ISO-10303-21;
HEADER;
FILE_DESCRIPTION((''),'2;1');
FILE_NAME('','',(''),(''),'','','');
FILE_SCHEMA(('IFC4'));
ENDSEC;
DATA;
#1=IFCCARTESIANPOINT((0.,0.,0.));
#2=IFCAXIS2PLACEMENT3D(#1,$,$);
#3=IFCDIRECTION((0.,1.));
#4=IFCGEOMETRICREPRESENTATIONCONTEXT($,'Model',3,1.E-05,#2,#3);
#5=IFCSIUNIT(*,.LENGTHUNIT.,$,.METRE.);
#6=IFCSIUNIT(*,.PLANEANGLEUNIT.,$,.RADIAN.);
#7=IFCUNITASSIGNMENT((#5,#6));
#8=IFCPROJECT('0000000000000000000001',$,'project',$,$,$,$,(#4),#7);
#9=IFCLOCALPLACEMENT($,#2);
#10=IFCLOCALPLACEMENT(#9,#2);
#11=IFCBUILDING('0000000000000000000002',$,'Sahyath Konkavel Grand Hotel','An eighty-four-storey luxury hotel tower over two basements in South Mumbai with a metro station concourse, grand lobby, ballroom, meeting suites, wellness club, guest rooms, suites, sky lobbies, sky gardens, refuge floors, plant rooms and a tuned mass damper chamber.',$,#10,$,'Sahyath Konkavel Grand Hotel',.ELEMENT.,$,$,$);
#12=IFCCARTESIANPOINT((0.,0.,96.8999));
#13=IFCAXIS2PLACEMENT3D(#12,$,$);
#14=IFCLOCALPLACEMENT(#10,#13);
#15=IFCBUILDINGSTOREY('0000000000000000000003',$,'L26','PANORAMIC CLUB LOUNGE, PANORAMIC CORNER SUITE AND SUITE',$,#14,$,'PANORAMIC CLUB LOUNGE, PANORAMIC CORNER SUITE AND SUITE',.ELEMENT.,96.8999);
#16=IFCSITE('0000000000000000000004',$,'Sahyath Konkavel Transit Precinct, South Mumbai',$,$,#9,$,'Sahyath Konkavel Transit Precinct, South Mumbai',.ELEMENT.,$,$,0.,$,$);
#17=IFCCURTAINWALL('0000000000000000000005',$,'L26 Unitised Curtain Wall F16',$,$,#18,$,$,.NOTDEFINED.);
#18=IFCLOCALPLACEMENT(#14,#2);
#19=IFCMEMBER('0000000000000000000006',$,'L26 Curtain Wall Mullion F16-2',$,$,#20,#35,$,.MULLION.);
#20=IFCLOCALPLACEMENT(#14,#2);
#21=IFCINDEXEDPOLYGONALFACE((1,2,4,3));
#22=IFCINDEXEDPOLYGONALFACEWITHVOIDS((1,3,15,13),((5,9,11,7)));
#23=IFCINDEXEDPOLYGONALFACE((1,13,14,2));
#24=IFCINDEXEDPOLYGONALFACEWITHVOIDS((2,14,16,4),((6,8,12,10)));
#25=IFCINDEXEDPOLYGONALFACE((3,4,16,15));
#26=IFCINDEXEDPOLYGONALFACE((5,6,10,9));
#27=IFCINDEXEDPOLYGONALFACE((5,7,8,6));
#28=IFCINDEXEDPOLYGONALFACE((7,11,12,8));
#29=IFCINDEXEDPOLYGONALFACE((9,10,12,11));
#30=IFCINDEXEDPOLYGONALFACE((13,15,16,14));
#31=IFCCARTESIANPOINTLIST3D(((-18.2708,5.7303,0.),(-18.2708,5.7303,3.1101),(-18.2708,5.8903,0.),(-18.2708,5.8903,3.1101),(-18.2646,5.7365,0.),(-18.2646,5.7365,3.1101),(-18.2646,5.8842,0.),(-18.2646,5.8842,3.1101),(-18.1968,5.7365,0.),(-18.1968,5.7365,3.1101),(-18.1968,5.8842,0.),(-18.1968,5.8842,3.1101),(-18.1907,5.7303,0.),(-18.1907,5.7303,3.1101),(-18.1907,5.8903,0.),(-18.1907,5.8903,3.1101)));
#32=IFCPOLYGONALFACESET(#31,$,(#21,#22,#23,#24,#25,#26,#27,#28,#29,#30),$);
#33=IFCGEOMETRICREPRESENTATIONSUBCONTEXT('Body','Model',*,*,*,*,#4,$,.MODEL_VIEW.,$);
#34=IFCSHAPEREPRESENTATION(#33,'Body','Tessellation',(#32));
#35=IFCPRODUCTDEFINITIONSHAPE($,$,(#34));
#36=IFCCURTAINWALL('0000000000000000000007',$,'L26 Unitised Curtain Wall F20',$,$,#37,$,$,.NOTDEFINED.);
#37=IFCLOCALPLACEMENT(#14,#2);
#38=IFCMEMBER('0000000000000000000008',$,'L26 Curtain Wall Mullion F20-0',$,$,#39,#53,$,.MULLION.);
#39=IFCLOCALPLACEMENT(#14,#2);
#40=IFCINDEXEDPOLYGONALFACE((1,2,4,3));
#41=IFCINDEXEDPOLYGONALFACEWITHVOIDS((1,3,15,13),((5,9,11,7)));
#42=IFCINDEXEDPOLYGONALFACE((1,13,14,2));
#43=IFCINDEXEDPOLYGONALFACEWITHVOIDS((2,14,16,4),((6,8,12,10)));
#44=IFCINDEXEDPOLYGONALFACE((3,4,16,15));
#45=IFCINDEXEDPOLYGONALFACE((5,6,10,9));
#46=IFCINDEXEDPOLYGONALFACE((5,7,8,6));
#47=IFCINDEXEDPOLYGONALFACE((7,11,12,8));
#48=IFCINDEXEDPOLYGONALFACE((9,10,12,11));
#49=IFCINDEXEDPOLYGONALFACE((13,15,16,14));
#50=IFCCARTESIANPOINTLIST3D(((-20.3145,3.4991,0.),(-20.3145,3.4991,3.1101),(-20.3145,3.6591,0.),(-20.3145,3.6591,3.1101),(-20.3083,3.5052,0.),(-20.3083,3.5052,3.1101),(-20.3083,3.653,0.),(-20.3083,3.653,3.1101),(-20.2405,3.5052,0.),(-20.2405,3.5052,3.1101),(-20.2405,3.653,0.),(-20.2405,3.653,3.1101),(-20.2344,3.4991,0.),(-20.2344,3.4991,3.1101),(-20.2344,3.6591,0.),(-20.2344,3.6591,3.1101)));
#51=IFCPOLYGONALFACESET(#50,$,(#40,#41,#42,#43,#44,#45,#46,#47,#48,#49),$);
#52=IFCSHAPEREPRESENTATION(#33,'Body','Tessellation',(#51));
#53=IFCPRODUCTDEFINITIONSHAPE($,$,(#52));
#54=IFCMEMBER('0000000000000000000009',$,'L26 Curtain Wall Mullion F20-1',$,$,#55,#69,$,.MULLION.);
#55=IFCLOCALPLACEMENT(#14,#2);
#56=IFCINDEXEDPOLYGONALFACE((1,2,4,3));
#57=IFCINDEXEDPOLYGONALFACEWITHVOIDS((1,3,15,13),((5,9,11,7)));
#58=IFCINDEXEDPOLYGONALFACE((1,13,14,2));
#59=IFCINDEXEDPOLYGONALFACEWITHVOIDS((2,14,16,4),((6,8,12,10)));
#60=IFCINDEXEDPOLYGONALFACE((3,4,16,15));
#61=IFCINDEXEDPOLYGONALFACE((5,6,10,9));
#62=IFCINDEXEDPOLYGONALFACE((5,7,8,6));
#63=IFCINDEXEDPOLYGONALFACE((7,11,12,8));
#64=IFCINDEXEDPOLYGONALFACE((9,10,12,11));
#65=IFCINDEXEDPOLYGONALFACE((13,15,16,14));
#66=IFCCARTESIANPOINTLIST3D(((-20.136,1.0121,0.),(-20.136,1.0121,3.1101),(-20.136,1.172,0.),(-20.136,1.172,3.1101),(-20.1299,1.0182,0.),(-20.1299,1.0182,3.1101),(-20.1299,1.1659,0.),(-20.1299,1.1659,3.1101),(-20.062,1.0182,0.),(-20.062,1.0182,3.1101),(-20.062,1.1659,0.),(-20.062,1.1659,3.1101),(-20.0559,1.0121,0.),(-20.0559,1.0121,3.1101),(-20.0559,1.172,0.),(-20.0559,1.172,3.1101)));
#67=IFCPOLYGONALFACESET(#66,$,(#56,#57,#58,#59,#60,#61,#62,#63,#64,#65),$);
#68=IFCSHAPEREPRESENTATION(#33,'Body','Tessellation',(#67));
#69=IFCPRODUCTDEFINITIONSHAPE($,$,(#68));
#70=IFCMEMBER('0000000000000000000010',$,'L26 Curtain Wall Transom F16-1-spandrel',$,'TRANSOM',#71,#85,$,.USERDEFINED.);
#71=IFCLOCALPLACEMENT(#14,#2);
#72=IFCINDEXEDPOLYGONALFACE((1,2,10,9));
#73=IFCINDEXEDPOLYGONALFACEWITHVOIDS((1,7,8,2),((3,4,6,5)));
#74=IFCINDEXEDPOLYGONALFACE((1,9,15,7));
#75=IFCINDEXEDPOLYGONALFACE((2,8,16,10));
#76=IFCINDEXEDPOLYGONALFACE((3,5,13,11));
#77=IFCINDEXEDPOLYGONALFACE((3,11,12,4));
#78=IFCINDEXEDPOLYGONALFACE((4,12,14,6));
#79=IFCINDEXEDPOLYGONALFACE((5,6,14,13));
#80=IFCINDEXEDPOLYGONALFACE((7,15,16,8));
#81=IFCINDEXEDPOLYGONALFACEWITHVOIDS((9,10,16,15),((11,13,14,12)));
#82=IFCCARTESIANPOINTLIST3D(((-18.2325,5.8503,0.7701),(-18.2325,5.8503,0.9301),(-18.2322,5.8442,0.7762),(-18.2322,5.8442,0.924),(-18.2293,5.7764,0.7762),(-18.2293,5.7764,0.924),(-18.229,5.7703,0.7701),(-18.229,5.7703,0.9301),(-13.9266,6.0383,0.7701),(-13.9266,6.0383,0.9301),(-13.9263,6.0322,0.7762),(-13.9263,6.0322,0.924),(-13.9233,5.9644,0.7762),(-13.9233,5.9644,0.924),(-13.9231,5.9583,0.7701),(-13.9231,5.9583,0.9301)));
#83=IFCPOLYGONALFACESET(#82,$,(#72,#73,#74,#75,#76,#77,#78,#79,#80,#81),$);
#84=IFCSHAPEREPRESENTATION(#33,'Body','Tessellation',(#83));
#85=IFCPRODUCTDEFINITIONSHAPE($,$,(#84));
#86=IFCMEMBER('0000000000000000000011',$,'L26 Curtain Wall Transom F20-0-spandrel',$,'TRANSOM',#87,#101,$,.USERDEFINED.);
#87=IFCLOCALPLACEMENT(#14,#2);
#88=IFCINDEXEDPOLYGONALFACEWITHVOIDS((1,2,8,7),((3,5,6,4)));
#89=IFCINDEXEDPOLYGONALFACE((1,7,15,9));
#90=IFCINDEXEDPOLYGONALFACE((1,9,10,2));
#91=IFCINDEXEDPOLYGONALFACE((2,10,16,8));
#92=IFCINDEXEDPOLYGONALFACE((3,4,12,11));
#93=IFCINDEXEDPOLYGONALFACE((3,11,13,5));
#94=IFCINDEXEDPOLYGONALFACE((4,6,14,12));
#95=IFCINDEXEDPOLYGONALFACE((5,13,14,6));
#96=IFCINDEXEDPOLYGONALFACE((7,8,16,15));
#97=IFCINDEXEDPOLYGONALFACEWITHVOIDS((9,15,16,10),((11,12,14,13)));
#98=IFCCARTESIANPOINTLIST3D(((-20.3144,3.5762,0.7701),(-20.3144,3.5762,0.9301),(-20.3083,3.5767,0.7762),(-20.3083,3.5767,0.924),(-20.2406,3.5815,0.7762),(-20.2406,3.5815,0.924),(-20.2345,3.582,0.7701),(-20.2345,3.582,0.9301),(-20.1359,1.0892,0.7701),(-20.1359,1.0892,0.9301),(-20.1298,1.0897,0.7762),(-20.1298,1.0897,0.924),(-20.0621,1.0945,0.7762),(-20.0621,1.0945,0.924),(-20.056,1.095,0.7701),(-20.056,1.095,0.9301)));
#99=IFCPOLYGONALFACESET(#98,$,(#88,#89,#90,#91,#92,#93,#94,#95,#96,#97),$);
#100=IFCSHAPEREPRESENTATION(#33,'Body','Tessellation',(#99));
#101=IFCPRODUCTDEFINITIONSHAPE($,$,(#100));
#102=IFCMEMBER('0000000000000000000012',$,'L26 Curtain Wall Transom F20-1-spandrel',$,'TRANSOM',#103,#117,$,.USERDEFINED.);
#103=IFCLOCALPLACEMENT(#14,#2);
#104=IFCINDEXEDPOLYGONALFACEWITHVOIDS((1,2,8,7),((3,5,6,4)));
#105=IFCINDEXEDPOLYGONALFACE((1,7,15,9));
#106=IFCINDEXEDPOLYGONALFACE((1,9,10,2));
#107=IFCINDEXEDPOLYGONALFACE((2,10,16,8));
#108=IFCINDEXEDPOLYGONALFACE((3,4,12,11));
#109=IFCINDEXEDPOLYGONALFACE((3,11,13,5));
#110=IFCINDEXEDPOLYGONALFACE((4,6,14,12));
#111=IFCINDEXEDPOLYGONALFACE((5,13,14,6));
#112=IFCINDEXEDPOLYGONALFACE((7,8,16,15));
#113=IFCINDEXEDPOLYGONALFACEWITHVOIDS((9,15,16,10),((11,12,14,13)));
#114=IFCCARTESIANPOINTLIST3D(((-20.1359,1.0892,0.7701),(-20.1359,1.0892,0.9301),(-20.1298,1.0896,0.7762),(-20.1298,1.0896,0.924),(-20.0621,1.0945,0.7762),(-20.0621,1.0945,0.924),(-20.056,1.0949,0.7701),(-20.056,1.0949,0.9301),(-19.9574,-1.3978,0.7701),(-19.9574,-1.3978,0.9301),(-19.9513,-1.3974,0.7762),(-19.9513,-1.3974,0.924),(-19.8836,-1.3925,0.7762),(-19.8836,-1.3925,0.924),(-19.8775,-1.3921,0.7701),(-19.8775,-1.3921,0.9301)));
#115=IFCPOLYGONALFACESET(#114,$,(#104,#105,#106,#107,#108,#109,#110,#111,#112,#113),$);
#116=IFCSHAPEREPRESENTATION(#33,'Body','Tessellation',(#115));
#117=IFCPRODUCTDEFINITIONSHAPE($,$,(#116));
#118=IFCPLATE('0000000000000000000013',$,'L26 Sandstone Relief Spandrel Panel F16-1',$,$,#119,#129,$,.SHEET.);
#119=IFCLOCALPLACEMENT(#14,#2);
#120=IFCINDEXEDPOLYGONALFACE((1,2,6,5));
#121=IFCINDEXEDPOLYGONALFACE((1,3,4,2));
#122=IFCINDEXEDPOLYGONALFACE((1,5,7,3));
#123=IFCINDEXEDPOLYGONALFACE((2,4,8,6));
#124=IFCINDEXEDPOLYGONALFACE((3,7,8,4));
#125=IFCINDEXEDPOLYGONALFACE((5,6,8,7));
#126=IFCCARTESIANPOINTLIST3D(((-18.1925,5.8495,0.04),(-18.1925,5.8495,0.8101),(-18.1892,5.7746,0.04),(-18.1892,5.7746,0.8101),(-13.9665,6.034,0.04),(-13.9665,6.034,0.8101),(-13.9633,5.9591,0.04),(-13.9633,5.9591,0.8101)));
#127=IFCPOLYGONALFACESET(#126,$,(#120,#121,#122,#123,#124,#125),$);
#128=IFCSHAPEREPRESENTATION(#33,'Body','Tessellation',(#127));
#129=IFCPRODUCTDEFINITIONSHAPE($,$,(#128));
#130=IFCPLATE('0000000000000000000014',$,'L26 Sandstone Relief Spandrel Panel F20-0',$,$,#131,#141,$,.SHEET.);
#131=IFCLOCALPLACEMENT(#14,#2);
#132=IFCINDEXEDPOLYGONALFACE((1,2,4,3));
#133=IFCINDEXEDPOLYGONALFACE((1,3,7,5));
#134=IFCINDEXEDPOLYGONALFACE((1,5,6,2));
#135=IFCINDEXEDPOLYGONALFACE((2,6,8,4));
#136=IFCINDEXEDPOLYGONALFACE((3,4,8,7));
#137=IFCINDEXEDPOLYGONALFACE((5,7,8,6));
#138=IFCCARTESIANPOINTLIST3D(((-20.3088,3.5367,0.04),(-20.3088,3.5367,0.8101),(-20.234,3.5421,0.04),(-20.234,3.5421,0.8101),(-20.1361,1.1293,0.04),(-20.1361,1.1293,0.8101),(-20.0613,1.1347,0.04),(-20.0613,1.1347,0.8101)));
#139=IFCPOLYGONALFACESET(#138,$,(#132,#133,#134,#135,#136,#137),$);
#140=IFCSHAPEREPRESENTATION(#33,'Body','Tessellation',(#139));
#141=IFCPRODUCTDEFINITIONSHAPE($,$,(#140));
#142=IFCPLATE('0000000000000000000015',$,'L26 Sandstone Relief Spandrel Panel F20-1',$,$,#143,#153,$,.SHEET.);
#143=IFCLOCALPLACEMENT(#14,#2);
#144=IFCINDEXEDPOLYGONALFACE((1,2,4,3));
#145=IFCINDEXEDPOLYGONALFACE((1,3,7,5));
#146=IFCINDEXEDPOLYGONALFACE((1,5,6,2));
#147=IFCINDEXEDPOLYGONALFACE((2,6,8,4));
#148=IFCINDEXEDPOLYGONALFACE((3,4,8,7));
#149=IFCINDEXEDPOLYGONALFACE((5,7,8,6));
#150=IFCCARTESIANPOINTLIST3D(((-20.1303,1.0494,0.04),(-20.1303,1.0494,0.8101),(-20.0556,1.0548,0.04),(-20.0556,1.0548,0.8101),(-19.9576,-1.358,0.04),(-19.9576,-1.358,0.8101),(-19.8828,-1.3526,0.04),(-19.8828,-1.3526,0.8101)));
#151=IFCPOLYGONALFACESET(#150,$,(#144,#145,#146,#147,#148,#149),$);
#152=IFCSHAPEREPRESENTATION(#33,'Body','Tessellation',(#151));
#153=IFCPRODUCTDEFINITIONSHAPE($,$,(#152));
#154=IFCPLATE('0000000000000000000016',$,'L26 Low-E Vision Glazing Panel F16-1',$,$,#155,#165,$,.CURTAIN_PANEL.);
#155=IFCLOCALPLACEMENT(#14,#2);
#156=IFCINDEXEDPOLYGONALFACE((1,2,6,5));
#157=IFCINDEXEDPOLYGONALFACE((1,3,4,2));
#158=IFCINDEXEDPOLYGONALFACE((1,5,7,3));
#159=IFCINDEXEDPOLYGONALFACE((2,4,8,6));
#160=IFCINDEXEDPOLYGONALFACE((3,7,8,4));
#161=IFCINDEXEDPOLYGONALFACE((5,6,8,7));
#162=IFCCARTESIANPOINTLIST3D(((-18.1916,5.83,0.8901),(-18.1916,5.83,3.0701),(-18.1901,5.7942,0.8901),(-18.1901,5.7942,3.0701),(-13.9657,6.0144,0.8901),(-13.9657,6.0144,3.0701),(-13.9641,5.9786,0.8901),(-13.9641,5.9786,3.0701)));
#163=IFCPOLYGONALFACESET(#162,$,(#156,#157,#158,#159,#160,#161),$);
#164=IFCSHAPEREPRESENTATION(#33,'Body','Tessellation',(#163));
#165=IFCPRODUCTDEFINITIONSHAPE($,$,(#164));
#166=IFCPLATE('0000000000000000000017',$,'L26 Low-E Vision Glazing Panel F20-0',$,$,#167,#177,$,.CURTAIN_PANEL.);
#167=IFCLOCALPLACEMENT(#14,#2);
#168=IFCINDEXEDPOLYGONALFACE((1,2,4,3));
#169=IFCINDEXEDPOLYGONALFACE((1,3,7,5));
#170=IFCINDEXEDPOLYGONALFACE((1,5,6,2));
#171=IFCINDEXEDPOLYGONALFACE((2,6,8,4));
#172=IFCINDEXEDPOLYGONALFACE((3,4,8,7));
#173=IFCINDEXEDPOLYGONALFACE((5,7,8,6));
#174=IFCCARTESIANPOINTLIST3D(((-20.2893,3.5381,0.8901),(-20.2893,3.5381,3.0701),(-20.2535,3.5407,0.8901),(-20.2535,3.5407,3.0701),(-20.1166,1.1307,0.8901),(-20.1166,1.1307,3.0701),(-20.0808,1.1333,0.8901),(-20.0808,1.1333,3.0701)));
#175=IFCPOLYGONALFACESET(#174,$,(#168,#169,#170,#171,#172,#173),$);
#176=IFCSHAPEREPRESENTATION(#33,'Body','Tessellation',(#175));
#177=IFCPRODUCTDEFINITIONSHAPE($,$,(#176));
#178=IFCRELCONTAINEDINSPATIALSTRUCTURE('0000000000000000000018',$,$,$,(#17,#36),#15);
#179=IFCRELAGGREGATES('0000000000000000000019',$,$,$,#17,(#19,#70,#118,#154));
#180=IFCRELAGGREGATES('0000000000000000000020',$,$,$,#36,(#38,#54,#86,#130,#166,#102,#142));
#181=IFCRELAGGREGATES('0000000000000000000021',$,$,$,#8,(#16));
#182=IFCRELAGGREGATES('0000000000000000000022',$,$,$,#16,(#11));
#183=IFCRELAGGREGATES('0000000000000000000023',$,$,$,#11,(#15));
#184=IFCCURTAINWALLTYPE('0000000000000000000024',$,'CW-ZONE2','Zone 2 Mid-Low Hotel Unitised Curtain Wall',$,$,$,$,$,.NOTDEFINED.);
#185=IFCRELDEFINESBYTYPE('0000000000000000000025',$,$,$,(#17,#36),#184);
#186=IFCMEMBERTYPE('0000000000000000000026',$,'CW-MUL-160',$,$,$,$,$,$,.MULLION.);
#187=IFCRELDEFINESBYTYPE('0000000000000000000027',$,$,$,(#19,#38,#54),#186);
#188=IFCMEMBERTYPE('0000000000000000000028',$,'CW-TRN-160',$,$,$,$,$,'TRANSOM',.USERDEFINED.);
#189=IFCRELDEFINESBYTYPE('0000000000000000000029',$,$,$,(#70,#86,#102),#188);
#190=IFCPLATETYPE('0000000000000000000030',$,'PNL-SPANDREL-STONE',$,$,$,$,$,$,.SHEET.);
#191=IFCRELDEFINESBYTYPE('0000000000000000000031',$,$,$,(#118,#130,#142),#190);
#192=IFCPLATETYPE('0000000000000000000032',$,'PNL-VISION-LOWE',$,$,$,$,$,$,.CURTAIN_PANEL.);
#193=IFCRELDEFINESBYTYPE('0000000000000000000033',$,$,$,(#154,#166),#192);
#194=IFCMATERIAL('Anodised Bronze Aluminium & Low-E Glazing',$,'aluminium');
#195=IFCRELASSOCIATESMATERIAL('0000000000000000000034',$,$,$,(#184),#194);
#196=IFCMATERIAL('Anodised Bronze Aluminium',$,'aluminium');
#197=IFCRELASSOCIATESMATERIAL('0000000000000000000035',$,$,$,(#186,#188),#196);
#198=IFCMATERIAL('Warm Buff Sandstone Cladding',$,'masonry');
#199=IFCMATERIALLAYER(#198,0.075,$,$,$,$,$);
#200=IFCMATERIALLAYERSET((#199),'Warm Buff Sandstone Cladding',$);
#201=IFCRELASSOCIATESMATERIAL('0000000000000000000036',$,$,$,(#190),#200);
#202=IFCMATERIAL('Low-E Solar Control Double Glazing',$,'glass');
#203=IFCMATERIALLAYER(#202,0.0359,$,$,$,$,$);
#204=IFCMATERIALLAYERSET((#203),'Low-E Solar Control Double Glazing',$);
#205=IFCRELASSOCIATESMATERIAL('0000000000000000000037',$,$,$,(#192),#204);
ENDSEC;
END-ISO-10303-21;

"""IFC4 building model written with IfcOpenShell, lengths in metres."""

from ifc_helpers import new_model, si_unit, direction, frame, origin, origin_2d, place, context, subcontext, project, spatial, rectangle, hollow_rectangle, extrude, source, transform, mapped, material, layer, layer_set, material_profile, profile_set, type_object, element, aggregate, save


model = new_model("IFC4")

# Units and contexts
model_context = context("Model", 3, precision=1e-05, world=origin(), true_north=direction((0.0, 1.0)))
body_context = subcontext(model_context, "Body", "Model", "MODEL_VIEW")
ifc_project = project(units=[si_unit("LENGTHUNIT", "METRE"), si_unit("PLANEANGLEUNIT", "RADIAN")], contexts=[model_context])

# Site, building, storey
site_placement = place(None, origin())
site = spatial("IfcSite", under=ifc_project, at=site_placement, Name="Sahyath Konkavel Transit Precinct, South Mumbai", LongName="Sahyath Konkavel Transit Precinct, South Mumbai", CompositionType="ELEMENT", RefElevation=0.0)
building_placement = place(site_placement, origin())
building = spatial("IfcBuilding", under=site, at=building_placement, Name="Sahyath Konkavel Grand Hotel", Description="An eighty-four-storey luxury hotel tower over two basements in South Mumbai with a metro station concourse, grand lobby, ballroom, meeting suites, wellness club, guest rooms, suites, sky lobbies, sky gardens, refuge floors, plant rooms and a tuned mass damper chamber.", LongName="Sahyath Konkavel Grand Hotel", CompositionType="ELEMENT")
storey_placement = place(building_placement, frame((0.0, 0.0, 96.8999)))
storey = spatial("IfcBuildingStorey", under=building, at=storey_placement, Name="L26", Description="PANORAMIC CLUB LOUNGE, PANORAMIC CORNER SUITE AND SUITE", LongName="PANORAMIC CLUB LOUNGE, PANORAMIC CORNER SUITE AND SUITE", CompositionType="ELEMENT", Elevation=96.8999)

# Curtain walls, members
ifc_material_1 = material(Name="Anodised Bronze Aluminium & Low-E Glazing", Category="aluminium")
curtain_wall_type = type_object("IfcCurtainWallType", Name="CW-ZONE2", Description="Zone 2 Mid-Low Hotel Unitised Curtain Wall", PredefinedType="NOTDEFINED", material=ifc_material_1)
curtain_wall_1_placement = place(storey_placement, origin())
curtain_wall_1 = element("IfcCurtainWall", 1, at=curtain_wall_1_placement, inside=storey, type_object=curtain_wall_type, Name="L26 Unitised Curtain Wall F16", PredefinedType="NOTDEFINED")
ifc_material_2 = material(Name="Anodised Bronze Aluminium", Category="aluminium")
ifc_material_profile_1 = material_profile(ifc_material_2, hollow_rectangle(XDim=0.0801, YDim=0.1599, WallThickness=0.0061, at=origin_2d()), Name="RHS 160x80x6")
ifc_profile_set_1 = profile_set([ifc_material_profile_1], Name="Anodised Bronze Aluminium")
member_type_1 = type_object("IfcMemberType", Name="CW-MUL-160", PredefinedType="MULLION", material=ifc_profile_set_1)
shared_shape_1 = source(origin(), body_context, "Body", "SweptSolid", [
    extrude(hollow_rectangle(XDim=0.0801, YDim=0.1599, WallThickness=0.0061, at=origin_2d()), origin(), (0.0, 0.0, 1.0), 3.1101),
])
member_1_placement = place(storey_placement, frame((-18.2307, 5.8103, 0.0), z_axis=(0.0, 0.0, 1.0), x_axis=(1.0, 0.0, 0.0)))
member_1 = element("IfcMember", 2, at=member_1_placement, type_object=member_type_1, Name="L26 Curtain Wall Mullion F16-2", PredefinedType="MULLION", context=body_context, shape_type="MappedRepresentation", body=[
    mapped(shared_shape_1, transform((0.0, 0.0, 0.0), scale=1.0)),
])
curtain_wall_2_placement = place(storey_placement, origin())
curtain_wall_2 = element("IfcCurtainWall", 3, at=curtain_wall_2_placement, inside=storey, type_object=curtain_wall_type, Name="L26 Unitised Curtain Wall F20", PredefinedType="NOTDEFINED")
member_2_placement = place(storey_placement, frame((-20.2744, 3.5791, 0.0), z_axis=(0.0, 0.0, 1.0), x_axis=(1.0, 0.0, 0.0)))
member_2 = element("IfcMember", 4, at=member_2_placement, type_object=member_type_1, Name="L26 Curtain Wall Mullion F20-0", PredefinedType="MULLION", context=body_context, shape_type="MappedRepresentation", body=[
    mapped(shared_shape_1, transform((0.0, 0.0, 0.0), scale=1.0)),
])
member_3_placement = place(storey_placement, frame((-20.0959, 1.092, 0.0), z_axis=(0.0, 0.0, 1.0), x_axis=(1.0, 0.0, 0.0)))
member_3 = element("IfcMember", 5, at=member_3_placement, type_object=member_type_1, Name="L26 Curtain Wall Mullion F20-1", PredefinedType="MULLION", context=body_context, shape_type="MappedRepresentation", body=[
    mapped(shared_shape_1, transform((0.0, 0.0, 0.0), scale=1.0)),
])

# Members
ifc_material_profile_2 = material_profile(ifc_material_2, hollow_rectangle(XDim=0.0801, YDim=0.1599, WallThickness=0.0061, at=origin_2d()), Name="RHS 160x80x6")
ifc_profile_set_2 = profile_set([ifc_material_profile_2], Name="Anodised Bronze Aluminium")
member_type_2 = type_object("IfcMemberType", Name="CW-TRN-160", ElementType="TRANSOM", PredefinedType="USERDEFINED", material=ifc_profile_set_2)
shared_shape_2 = source(origin(), body_context, "Body", "SweptSolid", [
    extrude(hollow_rectangle(XDim=0.0801, YDim=0.1599, WallThickness=0.0061, at=origin_2d()), origin(), (0.0, 0.0, 1.0), 4.3101),
])
member_4_placement = place(storey_placement, frame((-13.9248, 5.9983, 0.8501), z_axis=(-0.999048, -0.043617, 0.0), x_axis=(0.043617, -0.999048, 0.0)))
member_4 = element("IfcMember", 6, at=member_4_placement, type_object=member_type_2, Name="L26 Curtain Wall Transom F16-1-spandrel", ObjectType="TRANSOM", PredefinedType="USERDEFINED", context=body_context, shape_type="MappedRepresentation", body=[
    mapped(shared_shape_2, transform((0.0, 0.0, 0.0), scale=1.0)),
])
shared_shape_3 = source(origin(), body_context, "Body", "SweptSolid", [
    extrude(hollow_rectangle(XDim=0.0801, YDim=0.1599, WallThickness=0.0061, at=origin_2d()), origin(), (0.0, 0.0, 1.0), 2.4934),
])
member_5_placement = place(storey_placement, frame((-20.2744, 3.5791, 0.8501), z_axis=(0.071574, -0.997435, 0.0), x_axis=(0.997435, 0.071574, 0.0)))
member_5 = element("IfcMember", 7, at=member_5_placement, type_object=member_type_2, Name="L26 Curtain Wall Transom F20-0-spandrel", ObjectType="TRANSOM", PredefinedType="USERDEFINED", context=body_context, shape_type="MappedRepresentation", body=[
    mapped(shared_shape_3, transform((0.0, 0.0, 0.0), scale=1.0)),
])
member_6_placement = place(storey_placement, frame((-20.0959, 1.092, 0.8501), z_axis=(0.071574, -0.997435, 0.0), x_axis=(0.997435, 0.071574, 0.0)))
member_6 = element("IfcMember", 8, at=member_6_placement, type_object=member_type_2, Name="L26 Curtain Wall Transom F20-1-spandrel", ObjectType="TRANSOM", PredefinedType="USERDEFINED", context=body_context, shape_type="MappedRepresentation", body=[
    mapped(shared_shape_3, transform((0.0, 0.0, 0.0), scale=1.0)),
])

# Plates
ifc_material_3 = material(Name="Warm Buff Sandstone Cladding", Category="masonry")
ifc_layer_1 = layer(ifc_material_3, 0.075)
ifc_layer_set_1 = layer_set([ifc_layer_1], Name="Warm Buff Sandstone Cladding")
plate_type_1 = type_object("IfcPlateType", Name="PNL-SPANDREL-STONE", PredefinedType="SHEET", material=ifc_layer_set_1)
shared_shape_4 = source(origin(), body_context, "Body", "SweptSolid", [
    extrude(rectangle(XDim=4.23, YDim=0.075, at=origin_2d()), origin(), (0.0, 0.0, 1.0), 0.77),
])
plate_1_placement = place(storey_placement, frame((-16.0779, 5.9043, 0.04), z_axis=(0.0, 0.0, 1.0), x_axis=(-0.999049, -0.043602, 0.0)))
plate_1 = element("IfcPlate", 9, at=plate_1_placement, type_object=plate_type_1, Name="L26 Sandstone Relief Spandrel Panel F16-1", PredefinedType="SHEET", context=body_context, shape_type="MappedRepresentation", body=[
    mapped(shared_shape_4, transform((0.0, 0.0, 0.0), scale=1.0)),
])
shared_shape_5 = source(origin(), body_context, "Body", "SweptSolid", [
    extrude(rectangle(XDim=2.4136, YDim=0.075, at=origin_2d()), origin(), (0.0, 0.0, 1.0), 0.77),
])
plate_2_placement = place(storey_placement, frame((-20.1851, 2.3357, 0.04), z_axis=(0.0, 0.0, 1.0), x_axis=(0.071567, -0.997436, 0.0)))
plate_2 = element("IfcPlate", 10, at=plate_2_placement, type_object=plate_type_1, Name="L26 Sandstone Relief Spandrel Panel F20-0", PredefinedType="SHEET", context=body_context, shape_type="MappedRepresentation", body=[
    mapped(shared_shape_5, transform((0.0, 0.0, 0.0), scale=1.0)),
])
plate_3_placement = place(storey_placement, frame((-20.0066, -0.1516, 0.04), z_axis=(0.0, 0.0, 1.0), x_axis=(0.071567, -0.997436, 0.0)))
plate_3 = element("IfcPlate", 11, at=plate_3_placement, type_object=plate_type_1, Name="L26 Sandstone Relief Spandrel Panel F20-1", PredefinedType="SHEET", context=body_context, shape_type="MappedRepresentation", body=[
    mapped(shared_shape_5, transform((0.0, 0.0, 0.0), scale=1.0)),
])
ifc_material_4 = material(Name="Low-E Solar Control Double Glazing", Category="glass")
ifc_layer_2 = layer(ifc_material_4, 0.0359)
ifc_layer_set_2 = layer_set([ifc_layer_2], Name="Low-E Solar Control Double Glazing")
plate_type_2 = type_object("IfcPlateType", Name="PNL-VISION-LOWE", PredefinedType="CURTAIN_PANEL", material=ifc_layer_set_2)
shared_shape_6 = source(origin(), body_context, "Body", "SweptSolid", [
    extrude(rectangle(XDim=4.23, YDim=0.0359, at=origin_2d()), origin(), (0.0, 0.0, 1.0), 2.1799),
])
plate_4_placement = place(storey_placement, frame((-16.0779, 5.9043, 0.8901), z_axis=(0.0, 0.0, 1.0), x_axis=(-0.999049, -0.043602, 0.0)))
plate_4 = element("IfcPlate", 12, at=plate_4_placement, type_object=plate_type_2, Name="L26 Low-E Vision Glazing Panel F16-1", PredefinedType="CURTAIN_PANEL", context=body_context, shape_type="MappedRepresentation", body=[
    mapped(shared_shape_6, transform((0.0, 0.0, 0.0), scale=1.0)),
])
aggregate(curtain_wall_1, [member_1, member_4, plate_1, plate_4])
shared_shape_7 = source(origin(), body_context, "Body", "SweptSolid", [
    extrude(rectangle(XDim=2.4136, YDim=0.0359, at=origin_2d()), origin(), (0.0, 0.0, 1.0), 2.1799),
])
plate_5_placement = place(storey_placement, frame((-20.1851, 2.3357, 0.8901), z_axis=(0.0, 0.0, 1.0), x_axis=(0.071567, -0.997436, 0.0)))
plate_5 = element("IfcPlate", 13, at=plate_5_placement, type_object=plate_type_2, Name="L26 Low-E Vision Glazing Panel F20-0", PredefinedType="CURTAIN_PANEL", context=body_context, shape_type="MappedRepresentation", body=[
    mapped(shared_shape_7, transform((0.0, 0.0, 0.0), scale=1.0)),
])
aggregate(curtain_wall_2, [member_2, member_3, member_5, plate_2, plate_5, member_6, plate_3])

save(model, "model.ifc")
